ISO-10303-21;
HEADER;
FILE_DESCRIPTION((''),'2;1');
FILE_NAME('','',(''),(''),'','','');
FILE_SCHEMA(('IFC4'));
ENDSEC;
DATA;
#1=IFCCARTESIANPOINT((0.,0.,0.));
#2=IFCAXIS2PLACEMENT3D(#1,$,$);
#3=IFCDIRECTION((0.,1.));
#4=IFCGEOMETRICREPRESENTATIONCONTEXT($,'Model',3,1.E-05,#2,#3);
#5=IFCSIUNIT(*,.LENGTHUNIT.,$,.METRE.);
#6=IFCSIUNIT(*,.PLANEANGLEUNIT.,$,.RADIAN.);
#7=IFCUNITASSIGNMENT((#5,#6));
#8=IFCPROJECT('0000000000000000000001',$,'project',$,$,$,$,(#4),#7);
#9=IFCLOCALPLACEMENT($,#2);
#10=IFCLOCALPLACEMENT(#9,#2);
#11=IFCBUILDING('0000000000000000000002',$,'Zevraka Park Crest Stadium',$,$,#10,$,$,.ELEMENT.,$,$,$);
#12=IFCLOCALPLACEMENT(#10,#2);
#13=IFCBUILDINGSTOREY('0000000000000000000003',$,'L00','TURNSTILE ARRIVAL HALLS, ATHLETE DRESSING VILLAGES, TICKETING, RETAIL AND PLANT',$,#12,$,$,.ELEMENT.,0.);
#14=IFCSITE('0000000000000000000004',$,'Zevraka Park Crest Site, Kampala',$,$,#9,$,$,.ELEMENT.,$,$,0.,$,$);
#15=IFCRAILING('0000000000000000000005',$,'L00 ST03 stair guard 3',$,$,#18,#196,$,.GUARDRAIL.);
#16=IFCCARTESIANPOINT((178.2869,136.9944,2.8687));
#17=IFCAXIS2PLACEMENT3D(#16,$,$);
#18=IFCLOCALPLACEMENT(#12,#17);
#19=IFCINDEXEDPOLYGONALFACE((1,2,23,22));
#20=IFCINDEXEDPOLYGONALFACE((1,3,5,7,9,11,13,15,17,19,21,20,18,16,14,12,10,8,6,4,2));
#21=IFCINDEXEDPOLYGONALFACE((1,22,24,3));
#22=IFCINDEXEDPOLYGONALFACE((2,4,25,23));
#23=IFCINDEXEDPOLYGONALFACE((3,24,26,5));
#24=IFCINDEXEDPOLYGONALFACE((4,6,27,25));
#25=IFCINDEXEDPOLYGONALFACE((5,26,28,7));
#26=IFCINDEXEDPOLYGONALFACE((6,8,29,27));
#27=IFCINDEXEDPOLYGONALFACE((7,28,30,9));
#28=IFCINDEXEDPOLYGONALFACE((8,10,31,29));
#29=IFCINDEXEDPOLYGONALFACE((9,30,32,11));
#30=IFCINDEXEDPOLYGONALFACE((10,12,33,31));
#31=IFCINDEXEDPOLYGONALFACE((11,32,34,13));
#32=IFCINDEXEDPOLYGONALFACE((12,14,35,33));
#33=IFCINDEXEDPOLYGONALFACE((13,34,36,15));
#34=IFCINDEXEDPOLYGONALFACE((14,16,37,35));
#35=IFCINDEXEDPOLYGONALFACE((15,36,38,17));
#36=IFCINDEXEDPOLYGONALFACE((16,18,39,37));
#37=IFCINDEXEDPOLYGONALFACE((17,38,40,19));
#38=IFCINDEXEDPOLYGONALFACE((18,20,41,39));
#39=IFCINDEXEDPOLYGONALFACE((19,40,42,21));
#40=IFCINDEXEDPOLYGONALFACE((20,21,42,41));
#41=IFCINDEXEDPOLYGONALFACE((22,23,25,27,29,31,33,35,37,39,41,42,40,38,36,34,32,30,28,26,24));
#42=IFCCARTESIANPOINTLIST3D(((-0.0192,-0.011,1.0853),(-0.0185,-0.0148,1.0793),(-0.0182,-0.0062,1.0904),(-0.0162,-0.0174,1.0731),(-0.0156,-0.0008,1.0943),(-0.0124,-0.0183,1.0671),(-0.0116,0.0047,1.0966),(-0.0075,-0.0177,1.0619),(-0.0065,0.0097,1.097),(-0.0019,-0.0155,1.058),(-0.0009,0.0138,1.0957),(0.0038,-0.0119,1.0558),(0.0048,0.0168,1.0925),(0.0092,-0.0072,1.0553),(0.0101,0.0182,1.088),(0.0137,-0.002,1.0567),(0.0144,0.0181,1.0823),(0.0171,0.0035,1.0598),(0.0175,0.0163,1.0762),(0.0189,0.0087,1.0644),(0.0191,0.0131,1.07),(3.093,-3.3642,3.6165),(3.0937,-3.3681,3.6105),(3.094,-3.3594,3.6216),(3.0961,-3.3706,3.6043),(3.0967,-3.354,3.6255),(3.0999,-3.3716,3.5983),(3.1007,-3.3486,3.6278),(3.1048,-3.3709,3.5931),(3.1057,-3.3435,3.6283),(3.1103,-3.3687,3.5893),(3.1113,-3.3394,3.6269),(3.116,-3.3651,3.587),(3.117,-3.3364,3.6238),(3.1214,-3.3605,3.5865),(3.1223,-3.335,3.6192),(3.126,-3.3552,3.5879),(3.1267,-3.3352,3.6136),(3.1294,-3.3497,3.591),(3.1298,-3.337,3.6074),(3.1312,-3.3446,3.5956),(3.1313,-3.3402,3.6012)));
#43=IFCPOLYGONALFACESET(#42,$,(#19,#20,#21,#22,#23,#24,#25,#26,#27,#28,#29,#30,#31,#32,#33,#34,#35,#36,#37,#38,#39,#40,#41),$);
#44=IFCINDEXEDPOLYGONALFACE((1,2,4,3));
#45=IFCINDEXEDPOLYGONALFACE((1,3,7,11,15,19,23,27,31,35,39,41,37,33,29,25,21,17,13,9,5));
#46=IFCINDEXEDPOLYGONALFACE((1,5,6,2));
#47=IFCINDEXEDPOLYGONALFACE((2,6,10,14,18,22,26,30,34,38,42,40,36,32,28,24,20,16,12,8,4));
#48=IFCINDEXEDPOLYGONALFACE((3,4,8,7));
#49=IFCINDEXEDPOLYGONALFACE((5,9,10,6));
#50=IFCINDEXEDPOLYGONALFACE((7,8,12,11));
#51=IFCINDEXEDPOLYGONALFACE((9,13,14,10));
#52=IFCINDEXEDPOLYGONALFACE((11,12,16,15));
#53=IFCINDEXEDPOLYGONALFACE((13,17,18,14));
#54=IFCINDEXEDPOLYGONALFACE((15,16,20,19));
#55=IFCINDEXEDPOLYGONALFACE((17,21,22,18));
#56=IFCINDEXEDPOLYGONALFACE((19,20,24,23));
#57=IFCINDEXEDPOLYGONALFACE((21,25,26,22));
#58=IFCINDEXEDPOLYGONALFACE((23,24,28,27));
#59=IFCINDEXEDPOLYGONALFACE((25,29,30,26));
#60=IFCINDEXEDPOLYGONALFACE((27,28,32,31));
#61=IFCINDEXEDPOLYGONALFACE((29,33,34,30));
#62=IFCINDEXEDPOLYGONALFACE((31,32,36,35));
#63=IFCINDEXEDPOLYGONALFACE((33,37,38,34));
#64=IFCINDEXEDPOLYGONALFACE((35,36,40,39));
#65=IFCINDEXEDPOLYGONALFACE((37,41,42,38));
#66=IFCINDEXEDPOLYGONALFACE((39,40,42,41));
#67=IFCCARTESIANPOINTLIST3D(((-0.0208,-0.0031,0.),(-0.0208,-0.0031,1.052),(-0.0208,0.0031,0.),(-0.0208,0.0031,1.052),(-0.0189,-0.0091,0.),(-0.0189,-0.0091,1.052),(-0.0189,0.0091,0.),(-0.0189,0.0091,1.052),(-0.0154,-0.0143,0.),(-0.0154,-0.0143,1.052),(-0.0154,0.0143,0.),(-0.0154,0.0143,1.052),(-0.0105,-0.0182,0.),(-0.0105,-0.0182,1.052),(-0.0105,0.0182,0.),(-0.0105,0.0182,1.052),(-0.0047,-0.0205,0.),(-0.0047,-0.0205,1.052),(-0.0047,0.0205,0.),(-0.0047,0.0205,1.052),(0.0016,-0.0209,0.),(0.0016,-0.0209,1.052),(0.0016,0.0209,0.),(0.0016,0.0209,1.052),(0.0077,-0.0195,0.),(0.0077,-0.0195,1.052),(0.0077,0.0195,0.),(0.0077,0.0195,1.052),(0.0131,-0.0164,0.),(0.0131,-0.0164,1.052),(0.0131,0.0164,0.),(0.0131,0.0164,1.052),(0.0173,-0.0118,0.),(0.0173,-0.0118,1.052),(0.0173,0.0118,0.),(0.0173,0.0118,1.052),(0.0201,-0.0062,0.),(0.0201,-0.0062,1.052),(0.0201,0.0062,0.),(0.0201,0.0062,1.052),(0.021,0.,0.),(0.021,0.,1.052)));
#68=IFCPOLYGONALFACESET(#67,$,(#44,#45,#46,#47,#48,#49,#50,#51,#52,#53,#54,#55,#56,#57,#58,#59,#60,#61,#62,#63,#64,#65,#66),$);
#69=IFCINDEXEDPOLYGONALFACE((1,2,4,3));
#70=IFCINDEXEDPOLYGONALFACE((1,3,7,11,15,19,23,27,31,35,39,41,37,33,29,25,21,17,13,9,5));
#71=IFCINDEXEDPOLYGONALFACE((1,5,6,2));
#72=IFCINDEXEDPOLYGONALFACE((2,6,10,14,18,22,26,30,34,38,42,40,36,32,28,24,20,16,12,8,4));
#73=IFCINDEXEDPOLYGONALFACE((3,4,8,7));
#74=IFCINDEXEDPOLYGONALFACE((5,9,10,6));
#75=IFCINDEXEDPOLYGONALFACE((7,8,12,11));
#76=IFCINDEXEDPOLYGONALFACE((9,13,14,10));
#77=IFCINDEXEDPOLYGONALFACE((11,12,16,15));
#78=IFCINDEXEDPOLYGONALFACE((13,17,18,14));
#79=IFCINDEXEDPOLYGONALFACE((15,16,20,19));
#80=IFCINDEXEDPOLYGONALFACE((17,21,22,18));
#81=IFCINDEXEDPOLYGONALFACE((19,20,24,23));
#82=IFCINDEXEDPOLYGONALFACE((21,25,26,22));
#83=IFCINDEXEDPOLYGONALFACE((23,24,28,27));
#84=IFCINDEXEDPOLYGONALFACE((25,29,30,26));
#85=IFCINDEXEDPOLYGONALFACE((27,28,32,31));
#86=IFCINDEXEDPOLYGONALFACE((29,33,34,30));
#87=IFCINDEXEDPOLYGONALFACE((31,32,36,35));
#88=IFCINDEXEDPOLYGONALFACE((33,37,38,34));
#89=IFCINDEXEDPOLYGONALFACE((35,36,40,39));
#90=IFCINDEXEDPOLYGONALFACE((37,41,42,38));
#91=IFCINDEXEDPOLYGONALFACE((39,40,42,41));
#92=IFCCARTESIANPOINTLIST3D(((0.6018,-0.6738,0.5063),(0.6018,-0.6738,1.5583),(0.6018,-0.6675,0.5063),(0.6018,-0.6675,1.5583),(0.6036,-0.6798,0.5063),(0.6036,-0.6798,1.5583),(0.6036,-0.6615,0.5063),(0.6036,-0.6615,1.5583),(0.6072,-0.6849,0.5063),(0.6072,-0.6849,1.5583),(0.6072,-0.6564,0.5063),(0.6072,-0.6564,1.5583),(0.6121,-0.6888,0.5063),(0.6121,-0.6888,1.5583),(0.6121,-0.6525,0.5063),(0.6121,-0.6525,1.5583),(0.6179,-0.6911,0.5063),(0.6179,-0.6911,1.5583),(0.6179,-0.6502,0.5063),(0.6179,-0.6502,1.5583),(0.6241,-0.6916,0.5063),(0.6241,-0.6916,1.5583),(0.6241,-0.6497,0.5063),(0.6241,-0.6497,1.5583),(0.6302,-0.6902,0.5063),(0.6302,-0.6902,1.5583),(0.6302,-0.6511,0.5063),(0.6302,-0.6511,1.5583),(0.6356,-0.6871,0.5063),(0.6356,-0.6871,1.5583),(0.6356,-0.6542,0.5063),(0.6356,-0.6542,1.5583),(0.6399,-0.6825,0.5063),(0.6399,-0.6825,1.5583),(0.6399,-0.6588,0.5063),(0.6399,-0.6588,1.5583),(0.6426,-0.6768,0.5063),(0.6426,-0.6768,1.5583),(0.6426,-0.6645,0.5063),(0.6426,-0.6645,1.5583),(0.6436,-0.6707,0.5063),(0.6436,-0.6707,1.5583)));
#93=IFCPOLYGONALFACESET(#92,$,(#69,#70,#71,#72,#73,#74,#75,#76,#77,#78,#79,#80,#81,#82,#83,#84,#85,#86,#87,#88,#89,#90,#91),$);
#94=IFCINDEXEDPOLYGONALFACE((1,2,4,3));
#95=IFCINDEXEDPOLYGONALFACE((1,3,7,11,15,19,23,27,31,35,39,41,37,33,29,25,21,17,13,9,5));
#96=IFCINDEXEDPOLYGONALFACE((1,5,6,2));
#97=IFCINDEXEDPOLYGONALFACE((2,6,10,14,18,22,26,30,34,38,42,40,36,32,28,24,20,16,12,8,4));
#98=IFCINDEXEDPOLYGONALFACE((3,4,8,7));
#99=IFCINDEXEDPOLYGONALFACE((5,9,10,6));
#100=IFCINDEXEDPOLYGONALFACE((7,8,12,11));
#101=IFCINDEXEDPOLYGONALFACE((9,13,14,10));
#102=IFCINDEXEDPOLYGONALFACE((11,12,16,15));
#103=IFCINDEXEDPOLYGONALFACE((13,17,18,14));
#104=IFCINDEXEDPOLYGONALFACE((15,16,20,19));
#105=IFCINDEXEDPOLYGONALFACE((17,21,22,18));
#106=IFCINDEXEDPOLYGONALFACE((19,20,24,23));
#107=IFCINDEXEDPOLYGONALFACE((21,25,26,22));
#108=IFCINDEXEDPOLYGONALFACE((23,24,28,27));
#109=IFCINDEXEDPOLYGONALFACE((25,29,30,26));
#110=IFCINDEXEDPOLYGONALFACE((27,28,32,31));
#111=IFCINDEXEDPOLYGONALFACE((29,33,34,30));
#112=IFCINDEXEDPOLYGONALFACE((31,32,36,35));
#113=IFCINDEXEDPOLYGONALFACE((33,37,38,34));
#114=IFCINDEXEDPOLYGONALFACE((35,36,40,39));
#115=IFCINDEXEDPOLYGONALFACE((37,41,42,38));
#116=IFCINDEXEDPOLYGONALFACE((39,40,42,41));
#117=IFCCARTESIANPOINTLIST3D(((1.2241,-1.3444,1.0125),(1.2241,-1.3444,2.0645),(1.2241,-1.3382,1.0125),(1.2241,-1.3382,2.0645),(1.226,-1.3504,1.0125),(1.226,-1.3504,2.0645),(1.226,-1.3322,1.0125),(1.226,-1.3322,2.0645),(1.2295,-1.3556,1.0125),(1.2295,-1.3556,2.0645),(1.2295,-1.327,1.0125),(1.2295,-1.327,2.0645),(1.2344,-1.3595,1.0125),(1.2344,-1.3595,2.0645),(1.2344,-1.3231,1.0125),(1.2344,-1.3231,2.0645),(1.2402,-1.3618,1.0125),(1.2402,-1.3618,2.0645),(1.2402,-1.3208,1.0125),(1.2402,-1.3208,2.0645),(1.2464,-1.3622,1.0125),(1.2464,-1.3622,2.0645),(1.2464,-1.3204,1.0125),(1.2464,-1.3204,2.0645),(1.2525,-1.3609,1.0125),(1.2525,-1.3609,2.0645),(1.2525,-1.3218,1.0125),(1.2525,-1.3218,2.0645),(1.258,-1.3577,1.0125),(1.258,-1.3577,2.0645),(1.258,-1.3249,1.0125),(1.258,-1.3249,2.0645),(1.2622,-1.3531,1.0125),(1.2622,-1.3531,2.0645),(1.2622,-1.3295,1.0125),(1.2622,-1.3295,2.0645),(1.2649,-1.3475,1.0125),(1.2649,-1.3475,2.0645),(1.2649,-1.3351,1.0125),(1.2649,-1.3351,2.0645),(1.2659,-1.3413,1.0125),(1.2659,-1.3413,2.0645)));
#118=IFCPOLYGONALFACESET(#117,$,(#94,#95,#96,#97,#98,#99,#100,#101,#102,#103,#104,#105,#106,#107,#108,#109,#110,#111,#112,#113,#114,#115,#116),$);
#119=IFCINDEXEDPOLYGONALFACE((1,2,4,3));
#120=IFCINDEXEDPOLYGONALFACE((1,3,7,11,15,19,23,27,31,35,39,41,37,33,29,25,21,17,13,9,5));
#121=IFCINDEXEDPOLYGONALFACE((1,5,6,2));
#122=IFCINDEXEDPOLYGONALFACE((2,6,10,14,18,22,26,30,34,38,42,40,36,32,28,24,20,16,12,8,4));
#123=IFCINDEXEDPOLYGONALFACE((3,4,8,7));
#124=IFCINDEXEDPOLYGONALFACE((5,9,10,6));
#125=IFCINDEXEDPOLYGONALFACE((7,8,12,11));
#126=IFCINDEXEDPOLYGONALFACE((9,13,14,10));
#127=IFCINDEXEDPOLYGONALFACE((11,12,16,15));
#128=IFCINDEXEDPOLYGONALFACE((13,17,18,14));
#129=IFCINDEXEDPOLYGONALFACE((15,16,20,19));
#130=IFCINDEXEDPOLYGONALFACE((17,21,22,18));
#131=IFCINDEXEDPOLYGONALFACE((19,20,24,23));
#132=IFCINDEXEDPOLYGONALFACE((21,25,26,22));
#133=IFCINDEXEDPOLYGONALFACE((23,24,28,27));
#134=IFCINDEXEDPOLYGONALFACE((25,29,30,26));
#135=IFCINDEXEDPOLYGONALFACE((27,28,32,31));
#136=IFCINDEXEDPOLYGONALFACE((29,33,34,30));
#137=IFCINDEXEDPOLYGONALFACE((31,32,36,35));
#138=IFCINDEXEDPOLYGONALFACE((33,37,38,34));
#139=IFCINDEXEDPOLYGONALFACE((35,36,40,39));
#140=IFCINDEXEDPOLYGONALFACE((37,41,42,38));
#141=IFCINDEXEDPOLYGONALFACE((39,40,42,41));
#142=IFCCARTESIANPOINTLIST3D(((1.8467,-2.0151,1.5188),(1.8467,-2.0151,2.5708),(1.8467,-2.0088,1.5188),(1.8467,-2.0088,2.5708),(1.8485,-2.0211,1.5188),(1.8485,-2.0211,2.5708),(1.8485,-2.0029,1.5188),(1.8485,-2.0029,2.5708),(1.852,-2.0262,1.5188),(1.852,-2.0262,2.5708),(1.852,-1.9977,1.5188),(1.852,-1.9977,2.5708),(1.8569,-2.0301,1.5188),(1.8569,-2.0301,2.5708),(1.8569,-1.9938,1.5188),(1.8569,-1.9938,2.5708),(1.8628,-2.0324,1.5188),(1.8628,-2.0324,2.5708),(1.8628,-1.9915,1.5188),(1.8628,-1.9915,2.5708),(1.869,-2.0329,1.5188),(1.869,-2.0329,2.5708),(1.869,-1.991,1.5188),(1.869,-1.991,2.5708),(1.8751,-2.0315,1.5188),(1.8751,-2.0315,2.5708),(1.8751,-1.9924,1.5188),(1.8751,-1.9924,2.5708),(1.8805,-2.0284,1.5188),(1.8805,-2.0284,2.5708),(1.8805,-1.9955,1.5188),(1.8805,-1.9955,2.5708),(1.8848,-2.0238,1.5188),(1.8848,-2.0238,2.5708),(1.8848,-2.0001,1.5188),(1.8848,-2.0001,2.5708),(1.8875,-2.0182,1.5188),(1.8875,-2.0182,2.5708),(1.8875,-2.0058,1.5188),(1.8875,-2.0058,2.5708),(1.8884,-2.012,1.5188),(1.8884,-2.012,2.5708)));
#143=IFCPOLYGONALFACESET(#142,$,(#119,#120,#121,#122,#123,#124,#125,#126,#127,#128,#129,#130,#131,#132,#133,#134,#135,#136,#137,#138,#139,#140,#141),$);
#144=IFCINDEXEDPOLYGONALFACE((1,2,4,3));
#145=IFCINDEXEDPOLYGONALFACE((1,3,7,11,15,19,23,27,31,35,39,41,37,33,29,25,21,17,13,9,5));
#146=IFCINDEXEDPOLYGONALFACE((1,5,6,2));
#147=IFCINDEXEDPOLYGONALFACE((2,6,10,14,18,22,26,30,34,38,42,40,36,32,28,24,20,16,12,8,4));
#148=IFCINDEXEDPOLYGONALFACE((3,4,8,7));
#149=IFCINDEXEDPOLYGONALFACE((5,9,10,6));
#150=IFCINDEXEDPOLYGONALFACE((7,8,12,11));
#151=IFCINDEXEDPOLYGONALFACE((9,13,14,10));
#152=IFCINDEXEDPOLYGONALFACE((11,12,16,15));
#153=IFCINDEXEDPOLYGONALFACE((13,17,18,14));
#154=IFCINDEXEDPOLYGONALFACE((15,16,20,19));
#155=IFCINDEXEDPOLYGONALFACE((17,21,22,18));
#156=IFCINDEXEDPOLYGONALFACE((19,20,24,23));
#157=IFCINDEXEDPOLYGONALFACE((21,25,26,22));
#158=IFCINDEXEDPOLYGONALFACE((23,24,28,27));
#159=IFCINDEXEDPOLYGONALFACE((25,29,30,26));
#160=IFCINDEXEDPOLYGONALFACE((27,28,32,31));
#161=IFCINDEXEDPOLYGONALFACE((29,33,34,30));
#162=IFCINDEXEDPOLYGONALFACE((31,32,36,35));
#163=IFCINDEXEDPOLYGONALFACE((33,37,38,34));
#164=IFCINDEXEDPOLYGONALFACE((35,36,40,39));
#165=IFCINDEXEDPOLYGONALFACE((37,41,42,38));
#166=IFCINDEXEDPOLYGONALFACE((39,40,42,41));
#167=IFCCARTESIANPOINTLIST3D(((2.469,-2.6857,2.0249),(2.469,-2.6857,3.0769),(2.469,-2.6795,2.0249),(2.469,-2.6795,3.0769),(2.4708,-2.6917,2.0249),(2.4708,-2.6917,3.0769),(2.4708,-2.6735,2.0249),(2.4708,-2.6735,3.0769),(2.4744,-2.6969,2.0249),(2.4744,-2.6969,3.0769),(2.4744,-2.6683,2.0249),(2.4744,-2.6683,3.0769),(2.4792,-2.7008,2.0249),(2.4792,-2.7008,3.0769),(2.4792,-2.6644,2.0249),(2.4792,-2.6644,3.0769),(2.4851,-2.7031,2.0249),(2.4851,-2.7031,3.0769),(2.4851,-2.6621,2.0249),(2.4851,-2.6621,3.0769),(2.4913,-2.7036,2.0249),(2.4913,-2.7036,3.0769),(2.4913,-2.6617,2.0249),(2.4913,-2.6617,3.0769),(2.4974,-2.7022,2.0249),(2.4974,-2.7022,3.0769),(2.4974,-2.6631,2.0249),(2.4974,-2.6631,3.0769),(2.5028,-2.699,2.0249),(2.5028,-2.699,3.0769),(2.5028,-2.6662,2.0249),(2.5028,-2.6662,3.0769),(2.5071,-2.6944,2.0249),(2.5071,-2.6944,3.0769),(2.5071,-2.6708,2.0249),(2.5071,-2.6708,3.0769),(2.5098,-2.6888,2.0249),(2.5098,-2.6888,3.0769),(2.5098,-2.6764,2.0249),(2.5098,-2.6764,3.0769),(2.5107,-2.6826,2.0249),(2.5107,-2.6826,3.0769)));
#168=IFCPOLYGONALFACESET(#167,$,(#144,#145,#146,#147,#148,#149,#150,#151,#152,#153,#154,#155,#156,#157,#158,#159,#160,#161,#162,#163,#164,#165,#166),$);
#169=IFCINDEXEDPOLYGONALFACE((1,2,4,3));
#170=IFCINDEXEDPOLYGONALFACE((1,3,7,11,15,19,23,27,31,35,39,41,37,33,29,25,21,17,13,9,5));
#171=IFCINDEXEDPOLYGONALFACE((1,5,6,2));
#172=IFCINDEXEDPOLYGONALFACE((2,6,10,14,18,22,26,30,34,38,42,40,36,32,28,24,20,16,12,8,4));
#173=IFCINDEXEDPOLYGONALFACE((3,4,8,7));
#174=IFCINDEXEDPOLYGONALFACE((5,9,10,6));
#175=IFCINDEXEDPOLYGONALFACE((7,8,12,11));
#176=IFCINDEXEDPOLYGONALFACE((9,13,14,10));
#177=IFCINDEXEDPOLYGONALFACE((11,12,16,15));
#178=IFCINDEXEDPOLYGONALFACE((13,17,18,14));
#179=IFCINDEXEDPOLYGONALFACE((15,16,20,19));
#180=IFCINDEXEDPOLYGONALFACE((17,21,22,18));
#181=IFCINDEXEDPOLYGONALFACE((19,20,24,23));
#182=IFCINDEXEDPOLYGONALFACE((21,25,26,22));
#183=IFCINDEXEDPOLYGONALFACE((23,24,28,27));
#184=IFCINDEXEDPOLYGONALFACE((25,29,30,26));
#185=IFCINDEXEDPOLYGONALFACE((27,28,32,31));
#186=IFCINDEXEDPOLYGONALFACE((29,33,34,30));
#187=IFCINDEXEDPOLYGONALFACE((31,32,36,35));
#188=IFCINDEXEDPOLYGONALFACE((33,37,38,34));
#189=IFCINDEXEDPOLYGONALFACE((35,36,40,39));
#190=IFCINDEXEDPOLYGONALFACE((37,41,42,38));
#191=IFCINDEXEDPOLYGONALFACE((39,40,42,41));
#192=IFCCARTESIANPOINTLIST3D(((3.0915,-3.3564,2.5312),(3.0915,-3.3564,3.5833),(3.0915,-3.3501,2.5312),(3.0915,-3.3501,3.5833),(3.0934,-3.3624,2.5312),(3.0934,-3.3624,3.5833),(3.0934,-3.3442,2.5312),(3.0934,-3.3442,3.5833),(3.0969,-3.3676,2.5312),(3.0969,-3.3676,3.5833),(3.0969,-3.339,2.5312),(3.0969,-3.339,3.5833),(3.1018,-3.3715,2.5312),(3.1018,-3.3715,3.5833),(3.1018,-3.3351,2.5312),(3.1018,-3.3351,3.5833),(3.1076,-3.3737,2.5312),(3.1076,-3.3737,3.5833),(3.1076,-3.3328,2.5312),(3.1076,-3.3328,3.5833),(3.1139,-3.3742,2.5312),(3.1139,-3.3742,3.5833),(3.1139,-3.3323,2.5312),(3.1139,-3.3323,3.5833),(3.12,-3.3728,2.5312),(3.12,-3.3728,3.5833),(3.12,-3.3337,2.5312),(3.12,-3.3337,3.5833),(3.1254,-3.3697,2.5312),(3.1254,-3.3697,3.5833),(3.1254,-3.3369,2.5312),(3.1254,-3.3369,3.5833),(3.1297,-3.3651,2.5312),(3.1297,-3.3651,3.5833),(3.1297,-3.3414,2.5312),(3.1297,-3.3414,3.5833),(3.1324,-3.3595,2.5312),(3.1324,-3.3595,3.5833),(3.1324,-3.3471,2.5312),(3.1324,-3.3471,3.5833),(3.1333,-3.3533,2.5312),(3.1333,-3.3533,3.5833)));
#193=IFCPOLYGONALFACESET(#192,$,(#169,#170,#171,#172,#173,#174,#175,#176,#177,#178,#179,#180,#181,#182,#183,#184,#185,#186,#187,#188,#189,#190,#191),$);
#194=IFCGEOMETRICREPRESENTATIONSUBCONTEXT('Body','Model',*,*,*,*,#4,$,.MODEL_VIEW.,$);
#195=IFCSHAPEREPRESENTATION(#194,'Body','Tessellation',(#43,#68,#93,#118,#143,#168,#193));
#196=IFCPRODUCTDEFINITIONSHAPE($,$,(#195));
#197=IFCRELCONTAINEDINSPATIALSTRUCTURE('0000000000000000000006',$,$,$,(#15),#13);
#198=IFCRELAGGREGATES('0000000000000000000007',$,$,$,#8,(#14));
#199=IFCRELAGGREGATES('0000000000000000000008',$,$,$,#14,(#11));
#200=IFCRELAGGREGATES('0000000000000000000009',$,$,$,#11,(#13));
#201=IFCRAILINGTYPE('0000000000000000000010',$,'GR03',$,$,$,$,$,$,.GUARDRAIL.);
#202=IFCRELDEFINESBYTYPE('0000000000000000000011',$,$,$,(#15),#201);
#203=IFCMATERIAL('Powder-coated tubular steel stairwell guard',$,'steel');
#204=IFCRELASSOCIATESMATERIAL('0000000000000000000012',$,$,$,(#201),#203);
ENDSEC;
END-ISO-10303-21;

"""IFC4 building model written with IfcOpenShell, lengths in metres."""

from ifc_helpers import new_model, si_unit, direction, frame, origin, origin_2d, place, context, subcontext, project, spatial, circle, extrude, material, type_object, element, save


model = new_model("IFC4")

# Units and contexts
model_context = context("Model", 3, precision=1e-05, world=origin(), true_north=direction((0.0, 1.0)))
body_context = subcontext(model_context, "Body", "Model", "MODEL_VIEW")
ifc_project = project(units=[si_unit("LENGTHUNIT", "METRE"), si_unit("PLANEANGLEUNIT", "RADIAN")], contexts=[model_context])

# Site, building, storey
site_placement = place(None, origin())
site = spatial("IfcSite", under=ifc_project, at=site_placement, Name="Zevraka Park Crest Site, Kampala", CompositionType="ELEMENT", RefElevation=0.0)
building_placement = place(site_placement, origin())
building = spatial("IfcBuilding", under=site, at=building_placement, Name="Zevraka Park Crest Stadium", CompositionType="ELEMENT")
storey_placement = place(building_placement, origin())
storey = spatial("IfcBuildingStorey", under=building, at=storey_placement, Name="L00", Description="TURNSTILE ARRIVAL HALLS, ATHLETE DRESSING VILLAGES, TICKETING, RETAIL AND PLANT", CompositionType="ELEMENT", Elevation=0.0)

# Railing
ifc_material_1 = material(Name="Powder-coated tubular steel stairwell guard", Category="steel")
railing_type_1 = type_object("IfcRailingType", Name="GR03", PredefinedType="GUARDRAIL", material=ifc_material_1)
railing_1_placement = place(storey_placement, frame((178.2869, 136.9944, 2.8687)))
element("IfcRailing", 1, at=railing_1_placement, inside=storey, type_object=railing_type_1, Name="L00 ST03 stair guard 3", PredefinedType="GUARDRAIL", context=body_context, shape_type="SweptSolid", body=[
    extrude(circle(Radius=0.0239, at=origin_2d()), frame((0.0, 0.0, 1.0762), z_axis=(0.595248, -0.641334, 0.484118), x_axis=(0.732951, 0.680281, 0.0)), (0.0, 0.0, 1.0), 5.2285),
    extrude(circle(Radius=0.021, at=origin_2d()), origin(), (0.0, 0.0, 1.0), 1.052),
    extrude(circle(Radius=0.021, at=origin_2d()), frame((0.6226, -0.6707, 0.5063)), (0.0, 0.0, 1.0), 1.052),
    extrude(circle(Radius=0.021, at=origin_2d()), frame((1.2449, -1.3413, 1.0125)), (0.0, 0.0, 1.0), 1.052),
    extrude(circle(Radius=0.021, at=origin_2d()), frame((1.8674, -2.012, 1.5188)), (0.0, 0.0, 1.0), 1.052),
    extrude(circle(Radius=0.021, at=origin_2d()), frame((2.4897, -2.6826, 2.0249)), (0.0, 0.0, 1.0), 1.052),
    extrude(circle(Radius=0.021, at=origin_2d()), frame((3.1123, -3.3533, 2.5312)), (0.0, 0.0, 1.0), 1.052),
])

save(model, "model.ifc")
